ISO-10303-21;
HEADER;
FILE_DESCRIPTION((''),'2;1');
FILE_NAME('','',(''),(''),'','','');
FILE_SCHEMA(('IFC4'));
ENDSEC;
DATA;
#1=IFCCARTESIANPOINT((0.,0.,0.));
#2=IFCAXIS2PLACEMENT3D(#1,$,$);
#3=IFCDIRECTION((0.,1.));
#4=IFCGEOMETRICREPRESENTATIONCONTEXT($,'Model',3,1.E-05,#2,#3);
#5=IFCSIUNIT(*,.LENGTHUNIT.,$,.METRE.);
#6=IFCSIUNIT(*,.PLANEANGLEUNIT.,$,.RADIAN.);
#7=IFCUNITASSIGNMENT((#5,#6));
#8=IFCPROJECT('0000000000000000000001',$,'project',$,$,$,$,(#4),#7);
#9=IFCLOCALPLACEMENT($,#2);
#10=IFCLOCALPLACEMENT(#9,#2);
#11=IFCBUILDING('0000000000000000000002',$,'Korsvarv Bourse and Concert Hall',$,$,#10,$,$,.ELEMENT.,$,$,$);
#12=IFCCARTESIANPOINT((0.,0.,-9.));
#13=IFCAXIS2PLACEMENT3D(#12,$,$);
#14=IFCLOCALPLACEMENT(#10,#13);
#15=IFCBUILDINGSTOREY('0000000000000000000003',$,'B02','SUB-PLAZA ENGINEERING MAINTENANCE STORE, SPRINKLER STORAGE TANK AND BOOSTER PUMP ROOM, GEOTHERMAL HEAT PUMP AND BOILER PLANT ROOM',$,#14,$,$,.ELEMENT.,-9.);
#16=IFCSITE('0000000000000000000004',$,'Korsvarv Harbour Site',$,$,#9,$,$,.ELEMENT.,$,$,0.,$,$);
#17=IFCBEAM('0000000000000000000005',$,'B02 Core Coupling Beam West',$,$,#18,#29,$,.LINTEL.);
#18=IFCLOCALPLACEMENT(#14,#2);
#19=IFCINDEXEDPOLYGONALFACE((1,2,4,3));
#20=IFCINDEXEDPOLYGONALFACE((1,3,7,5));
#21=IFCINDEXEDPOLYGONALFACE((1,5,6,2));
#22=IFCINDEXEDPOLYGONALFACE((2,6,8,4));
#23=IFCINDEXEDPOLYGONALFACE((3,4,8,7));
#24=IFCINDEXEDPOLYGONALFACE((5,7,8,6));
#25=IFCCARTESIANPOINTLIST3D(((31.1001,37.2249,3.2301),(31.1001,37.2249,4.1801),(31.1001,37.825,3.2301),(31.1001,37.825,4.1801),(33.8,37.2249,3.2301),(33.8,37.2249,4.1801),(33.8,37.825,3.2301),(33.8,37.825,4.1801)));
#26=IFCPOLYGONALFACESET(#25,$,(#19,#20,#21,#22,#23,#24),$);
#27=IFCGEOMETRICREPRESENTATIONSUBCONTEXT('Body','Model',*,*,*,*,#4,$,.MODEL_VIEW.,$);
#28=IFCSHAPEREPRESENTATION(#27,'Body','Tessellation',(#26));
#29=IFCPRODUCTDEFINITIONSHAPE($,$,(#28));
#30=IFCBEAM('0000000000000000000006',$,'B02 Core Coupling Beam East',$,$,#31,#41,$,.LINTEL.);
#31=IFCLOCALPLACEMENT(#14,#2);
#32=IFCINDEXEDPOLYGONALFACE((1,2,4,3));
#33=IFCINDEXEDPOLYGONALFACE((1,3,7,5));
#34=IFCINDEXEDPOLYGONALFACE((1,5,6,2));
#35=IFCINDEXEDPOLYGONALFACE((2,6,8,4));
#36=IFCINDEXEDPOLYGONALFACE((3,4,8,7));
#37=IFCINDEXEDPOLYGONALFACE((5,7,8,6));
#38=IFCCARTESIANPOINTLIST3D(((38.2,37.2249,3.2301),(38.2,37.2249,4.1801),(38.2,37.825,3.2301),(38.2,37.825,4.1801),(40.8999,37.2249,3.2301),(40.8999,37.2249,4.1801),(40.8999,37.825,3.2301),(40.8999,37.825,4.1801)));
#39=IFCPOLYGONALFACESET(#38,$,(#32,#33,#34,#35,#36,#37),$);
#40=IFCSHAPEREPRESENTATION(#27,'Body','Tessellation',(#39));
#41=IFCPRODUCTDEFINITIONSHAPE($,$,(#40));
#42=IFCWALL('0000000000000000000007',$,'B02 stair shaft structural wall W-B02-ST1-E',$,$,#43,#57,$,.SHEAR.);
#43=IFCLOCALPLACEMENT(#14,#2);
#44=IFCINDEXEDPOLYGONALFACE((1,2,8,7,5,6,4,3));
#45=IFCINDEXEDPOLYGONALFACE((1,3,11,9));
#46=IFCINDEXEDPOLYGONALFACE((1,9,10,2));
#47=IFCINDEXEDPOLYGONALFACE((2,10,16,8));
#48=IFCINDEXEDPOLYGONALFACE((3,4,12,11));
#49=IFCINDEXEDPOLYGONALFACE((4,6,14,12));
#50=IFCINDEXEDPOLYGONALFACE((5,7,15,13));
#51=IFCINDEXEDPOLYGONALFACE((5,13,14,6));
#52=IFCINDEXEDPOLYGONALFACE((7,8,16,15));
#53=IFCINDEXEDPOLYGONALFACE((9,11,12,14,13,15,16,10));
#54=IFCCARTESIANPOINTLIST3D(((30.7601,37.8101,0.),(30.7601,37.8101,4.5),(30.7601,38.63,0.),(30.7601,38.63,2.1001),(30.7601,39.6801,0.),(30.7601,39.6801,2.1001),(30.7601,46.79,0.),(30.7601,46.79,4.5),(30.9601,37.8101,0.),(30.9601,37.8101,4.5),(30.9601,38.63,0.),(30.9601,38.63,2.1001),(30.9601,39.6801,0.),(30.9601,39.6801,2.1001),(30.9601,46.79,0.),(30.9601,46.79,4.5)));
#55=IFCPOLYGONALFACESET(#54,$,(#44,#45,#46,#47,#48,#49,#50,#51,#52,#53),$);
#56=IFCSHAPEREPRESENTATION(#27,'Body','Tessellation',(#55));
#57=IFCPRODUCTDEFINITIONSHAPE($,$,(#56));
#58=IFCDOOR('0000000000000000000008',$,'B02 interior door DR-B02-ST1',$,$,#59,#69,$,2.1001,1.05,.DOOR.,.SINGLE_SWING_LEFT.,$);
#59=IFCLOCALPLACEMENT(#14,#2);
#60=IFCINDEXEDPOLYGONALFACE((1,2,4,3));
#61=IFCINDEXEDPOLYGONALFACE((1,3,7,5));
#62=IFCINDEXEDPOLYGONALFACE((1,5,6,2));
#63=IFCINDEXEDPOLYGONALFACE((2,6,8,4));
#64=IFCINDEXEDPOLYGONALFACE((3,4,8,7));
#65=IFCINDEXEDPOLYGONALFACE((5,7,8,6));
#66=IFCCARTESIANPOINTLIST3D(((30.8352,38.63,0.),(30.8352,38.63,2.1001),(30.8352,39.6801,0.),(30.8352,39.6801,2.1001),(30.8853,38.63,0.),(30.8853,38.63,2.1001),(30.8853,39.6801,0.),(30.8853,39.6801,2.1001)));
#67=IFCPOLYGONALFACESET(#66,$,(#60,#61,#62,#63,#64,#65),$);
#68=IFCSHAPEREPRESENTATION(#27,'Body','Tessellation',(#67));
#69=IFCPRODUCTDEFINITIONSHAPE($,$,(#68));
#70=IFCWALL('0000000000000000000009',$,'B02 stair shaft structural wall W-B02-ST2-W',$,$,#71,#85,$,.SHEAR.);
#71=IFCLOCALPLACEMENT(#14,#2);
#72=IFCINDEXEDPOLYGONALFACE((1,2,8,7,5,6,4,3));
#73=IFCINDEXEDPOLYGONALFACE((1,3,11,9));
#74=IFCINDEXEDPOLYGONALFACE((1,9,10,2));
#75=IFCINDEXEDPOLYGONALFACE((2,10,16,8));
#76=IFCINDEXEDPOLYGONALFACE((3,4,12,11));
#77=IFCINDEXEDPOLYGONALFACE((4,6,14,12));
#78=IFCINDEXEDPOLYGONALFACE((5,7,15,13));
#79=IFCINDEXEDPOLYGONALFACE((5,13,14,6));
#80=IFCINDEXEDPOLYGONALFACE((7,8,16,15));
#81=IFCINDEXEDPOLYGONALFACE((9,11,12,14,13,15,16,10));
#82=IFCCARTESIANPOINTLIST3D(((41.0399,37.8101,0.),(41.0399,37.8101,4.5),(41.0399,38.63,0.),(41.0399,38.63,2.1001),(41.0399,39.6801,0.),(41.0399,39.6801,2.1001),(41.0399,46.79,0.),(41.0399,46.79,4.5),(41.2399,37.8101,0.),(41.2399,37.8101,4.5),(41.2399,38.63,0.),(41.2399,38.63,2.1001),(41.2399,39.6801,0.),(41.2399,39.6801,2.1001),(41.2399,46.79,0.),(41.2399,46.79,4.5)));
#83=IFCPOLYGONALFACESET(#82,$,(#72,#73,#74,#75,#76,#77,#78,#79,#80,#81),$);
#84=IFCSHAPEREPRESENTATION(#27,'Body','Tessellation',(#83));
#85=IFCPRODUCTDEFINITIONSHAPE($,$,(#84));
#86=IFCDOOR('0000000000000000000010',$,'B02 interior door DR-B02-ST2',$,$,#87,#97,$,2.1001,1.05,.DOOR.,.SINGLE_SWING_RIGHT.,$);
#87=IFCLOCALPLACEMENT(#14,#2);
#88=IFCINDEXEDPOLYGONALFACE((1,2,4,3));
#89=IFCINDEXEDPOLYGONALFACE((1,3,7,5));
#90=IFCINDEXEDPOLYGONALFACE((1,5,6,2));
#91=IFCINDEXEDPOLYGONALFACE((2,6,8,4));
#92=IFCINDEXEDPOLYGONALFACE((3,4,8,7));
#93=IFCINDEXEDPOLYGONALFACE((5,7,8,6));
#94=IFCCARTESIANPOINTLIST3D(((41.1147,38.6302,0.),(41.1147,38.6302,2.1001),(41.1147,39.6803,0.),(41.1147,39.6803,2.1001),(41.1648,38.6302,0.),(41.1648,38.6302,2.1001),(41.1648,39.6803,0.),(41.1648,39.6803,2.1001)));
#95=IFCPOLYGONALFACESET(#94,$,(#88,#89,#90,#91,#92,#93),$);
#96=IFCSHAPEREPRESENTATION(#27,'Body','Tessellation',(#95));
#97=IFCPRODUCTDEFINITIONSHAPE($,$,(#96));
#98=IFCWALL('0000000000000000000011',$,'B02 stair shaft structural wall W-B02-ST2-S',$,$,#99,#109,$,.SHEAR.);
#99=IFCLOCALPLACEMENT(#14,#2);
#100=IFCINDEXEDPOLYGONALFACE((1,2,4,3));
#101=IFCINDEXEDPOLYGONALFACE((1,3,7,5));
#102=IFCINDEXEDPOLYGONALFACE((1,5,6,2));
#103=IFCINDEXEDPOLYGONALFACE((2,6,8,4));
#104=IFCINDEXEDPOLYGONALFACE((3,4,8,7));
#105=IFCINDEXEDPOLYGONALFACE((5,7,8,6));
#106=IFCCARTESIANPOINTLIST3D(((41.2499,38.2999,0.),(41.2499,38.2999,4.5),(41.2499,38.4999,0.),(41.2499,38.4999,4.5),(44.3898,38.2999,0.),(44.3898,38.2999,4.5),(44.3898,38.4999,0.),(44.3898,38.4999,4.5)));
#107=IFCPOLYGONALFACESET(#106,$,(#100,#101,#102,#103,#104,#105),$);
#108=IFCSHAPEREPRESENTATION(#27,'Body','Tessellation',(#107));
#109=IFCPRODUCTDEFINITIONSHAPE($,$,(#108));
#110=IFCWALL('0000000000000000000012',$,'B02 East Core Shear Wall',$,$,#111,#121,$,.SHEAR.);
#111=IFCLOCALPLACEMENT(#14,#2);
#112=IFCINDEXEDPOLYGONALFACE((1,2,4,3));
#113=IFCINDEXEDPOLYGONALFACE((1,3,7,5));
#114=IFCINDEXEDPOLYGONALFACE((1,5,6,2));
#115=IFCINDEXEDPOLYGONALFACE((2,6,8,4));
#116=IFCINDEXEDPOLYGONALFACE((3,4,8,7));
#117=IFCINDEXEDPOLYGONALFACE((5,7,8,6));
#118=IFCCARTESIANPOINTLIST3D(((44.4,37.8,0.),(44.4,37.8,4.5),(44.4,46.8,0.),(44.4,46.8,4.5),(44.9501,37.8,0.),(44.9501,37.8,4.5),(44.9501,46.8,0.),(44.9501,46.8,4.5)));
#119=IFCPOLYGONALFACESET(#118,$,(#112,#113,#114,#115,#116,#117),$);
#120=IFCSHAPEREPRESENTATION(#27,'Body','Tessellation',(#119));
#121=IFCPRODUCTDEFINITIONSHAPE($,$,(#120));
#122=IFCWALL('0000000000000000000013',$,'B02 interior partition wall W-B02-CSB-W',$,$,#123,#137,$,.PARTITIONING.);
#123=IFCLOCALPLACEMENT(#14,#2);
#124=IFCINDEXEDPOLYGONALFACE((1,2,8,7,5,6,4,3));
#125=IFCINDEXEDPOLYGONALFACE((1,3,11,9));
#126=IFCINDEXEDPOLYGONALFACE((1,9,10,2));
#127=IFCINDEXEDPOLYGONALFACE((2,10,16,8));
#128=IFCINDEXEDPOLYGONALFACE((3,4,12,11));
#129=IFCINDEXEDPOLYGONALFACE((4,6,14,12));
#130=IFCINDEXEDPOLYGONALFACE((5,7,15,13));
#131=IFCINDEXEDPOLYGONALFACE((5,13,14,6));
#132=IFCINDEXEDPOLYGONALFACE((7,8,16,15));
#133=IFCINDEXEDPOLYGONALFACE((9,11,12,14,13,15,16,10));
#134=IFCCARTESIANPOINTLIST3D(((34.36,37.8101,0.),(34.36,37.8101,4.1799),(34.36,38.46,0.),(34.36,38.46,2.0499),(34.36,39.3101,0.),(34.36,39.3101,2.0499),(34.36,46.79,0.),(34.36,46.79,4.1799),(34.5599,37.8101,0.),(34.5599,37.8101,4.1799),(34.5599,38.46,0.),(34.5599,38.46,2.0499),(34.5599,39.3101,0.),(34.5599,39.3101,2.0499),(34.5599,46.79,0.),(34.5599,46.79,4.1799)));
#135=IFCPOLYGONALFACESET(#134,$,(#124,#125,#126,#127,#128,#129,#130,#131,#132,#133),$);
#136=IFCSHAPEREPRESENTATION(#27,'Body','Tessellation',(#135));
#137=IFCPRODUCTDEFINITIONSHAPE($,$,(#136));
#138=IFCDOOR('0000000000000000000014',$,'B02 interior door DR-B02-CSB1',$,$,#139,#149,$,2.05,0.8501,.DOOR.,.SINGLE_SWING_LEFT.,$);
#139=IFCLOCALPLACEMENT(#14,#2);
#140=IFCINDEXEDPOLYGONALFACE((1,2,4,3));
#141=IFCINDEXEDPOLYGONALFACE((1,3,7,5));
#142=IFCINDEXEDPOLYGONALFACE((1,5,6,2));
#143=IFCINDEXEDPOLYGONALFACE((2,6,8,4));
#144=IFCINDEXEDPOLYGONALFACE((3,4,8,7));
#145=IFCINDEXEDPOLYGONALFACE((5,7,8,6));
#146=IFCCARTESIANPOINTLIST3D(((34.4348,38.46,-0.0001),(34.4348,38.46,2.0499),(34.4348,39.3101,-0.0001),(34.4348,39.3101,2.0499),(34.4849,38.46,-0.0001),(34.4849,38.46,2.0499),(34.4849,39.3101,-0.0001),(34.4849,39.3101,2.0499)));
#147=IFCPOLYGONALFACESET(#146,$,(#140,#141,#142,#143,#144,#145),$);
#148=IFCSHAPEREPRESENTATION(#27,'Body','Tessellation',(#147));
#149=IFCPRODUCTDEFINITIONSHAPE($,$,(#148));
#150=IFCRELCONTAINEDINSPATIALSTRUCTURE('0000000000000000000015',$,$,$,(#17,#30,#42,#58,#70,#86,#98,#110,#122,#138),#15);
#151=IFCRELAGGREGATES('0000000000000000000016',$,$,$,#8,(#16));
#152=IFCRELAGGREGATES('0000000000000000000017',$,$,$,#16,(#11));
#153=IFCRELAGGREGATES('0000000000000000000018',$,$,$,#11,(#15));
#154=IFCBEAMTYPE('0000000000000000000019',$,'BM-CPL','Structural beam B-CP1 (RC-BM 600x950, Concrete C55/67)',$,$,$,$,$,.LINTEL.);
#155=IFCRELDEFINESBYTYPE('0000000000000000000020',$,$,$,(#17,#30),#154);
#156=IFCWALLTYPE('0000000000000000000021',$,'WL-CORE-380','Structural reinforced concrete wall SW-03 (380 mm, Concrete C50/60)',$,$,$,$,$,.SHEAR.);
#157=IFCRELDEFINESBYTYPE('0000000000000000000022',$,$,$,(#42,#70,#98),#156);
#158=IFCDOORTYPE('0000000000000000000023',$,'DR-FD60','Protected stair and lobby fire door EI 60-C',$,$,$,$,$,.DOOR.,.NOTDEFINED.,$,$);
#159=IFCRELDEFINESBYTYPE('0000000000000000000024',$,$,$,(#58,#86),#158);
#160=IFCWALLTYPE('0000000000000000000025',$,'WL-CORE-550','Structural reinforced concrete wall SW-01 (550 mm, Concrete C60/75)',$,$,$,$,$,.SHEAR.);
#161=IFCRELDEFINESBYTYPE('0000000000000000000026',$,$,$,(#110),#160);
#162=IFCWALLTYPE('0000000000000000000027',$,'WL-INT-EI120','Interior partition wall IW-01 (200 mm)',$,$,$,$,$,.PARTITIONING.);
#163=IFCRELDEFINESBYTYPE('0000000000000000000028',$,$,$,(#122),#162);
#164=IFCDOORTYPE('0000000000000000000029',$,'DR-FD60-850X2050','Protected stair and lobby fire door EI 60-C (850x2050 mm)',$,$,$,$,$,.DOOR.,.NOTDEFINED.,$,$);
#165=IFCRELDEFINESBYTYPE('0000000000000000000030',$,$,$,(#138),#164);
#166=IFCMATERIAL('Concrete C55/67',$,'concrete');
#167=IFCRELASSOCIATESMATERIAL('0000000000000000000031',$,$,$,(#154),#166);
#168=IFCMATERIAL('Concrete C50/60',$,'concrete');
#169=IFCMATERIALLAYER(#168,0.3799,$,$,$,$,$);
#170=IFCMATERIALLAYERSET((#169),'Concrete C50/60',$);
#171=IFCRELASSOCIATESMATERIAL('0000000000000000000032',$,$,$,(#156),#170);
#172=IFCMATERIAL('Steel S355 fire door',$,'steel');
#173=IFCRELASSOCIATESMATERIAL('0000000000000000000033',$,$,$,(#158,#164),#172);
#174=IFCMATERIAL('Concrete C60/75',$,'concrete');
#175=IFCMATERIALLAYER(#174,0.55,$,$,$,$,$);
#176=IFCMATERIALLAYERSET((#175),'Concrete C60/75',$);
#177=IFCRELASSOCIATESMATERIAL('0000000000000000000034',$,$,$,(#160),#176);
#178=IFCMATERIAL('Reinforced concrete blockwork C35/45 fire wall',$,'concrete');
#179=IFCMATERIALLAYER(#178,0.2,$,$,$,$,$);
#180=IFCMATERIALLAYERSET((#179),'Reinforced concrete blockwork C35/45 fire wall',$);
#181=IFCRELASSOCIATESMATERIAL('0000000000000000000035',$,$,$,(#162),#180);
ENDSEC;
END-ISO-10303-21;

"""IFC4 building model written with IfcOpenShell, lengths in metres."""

from ifc_helpers import new_model, si_unit, direction, frame, frame_2d, origin, origin_2d, place, context, subcontext, project, spatial, rectangle, extrude, source, transform, mapped, material, layer, layer_set, material_profile, profile_set, type_object, element, fill, save


model = new_model("IFC4")

# Units and contexts
model_context = context("Model", 3, precision=1e-05, world=origin(), true_north=direction((0.0, 1.0)))
body_context = subcontext(model_context, "Body", "Model", "MODEL_VIEW")
ifc_project = project(units=[si_unit("LENGTHUNIT", "METRE"), si_unit("PLANEANGLEUNIT", "RADIAN")], contexts=[model_context])

# Site, building, storey
site_placement = place(None, origin())
site = spatial("IfcSite", under=ifc_project, at=site_placement, Name="Korsvarv Harbour Site", CompositionType="ELEMENT", RefElevation=0.0)
building_placement = place(site_placement, origin())
building = spatial("IfcBuilding", under=site, at=building_placement, Name="Korsvarv Bourse and Concert Hall", CompositionType="ELEMENT")
storey_placement = place(building_placement, frame((0.0, 0.0, -9.0)))
storey = spatial("IfcBuildingStorey", under=building, at=storey_placement, Name="B02", Description="SUB-PLAZA ENGINEERING MAINTENANCE STORE, SPRINKLER STORAGE TANK AND BOOSTER PUMP ROOM, GEOTHERMAL HEAT PUMP AND BOILER PLANT ROOM", CompositionType="ELEMENT", Elevation=-9.0)

# Shared definitions
ifc_material_1 = material(Name="Concrete C60/75", Category="concrete")

# Beams
ifc_material_2 = material(Name="Concrete C55/67", Category="concrete")
ifc_material_profile_1 = material_profile(ifc_material_2, rectangle(XDim=0.6001, YDim=0.95, at=origin_2d()), Name="RC-BM 600x950")
ifc_profile_set_1 = profile_set([ifc_material_profile_1], Name="Concrete C55/67")
beam_type = type_object("IfcBeamType", Name="BM-CPL", Description="Structural beam B-CP1 (RC-BM 600x950, Concrete C55/67)", PredefinedType="LINTEL", material=ifc_profile_set_1)
shared_shape_1 = source(origin(), body_context, "Body", "SweptSolid", [
    extrude(rectangle(XDim=0.6001, YDim=0.95, at=origin_2d()), origin(), (0.0, 0.0, 1.0), 2.7),
])
for number, where, z_axis, x_axis, name in (
    (1, (31.1001, 37.5249, 3.7051), (1.0, 0.0, 0.0), (0.0, 1.0, 0.0), "B02 Core Coupling Beam West"),
    (2, (38.2, 37.5249, 3.7051), (1.0, 0.0, 0.0), (0.0, 1.0, 0.0), "B02 Core Coupling Beam East"),
):
    element("IfcBeam", number, at=place(storey_placement, frame(where, z_axis=z_axis, x_axis=x_axis)), inside=storey, type_object=beam_type, Name=name, PredefinedType="LINTEL", context=body_context, shape_type="MappedRepresentation", body=[
        mapped(shared_shape_1, transform((0.0, 0.0, 0.0), scale=1.0)),
    ])

# Walls, openings, doors
ifc_material_3 = material(Name="Concrete C50/60", Category="concrete")
ifc_layer_1 = layer(ifc_material_3, 0.3799)
ifc_layer_set_1 = layer_set([ifc_layer_1], Name="Concrete C50/60")
wall_type_1 = type_object("IfcWallType", Name="WL-CORE-380", Description="Structural reinforced concrete wall SW-03 (380 mm, Concrete C50/60)", PredefinedType="SHEAR", material=ifc_layer_set_1)
wall_1_placement = place(storey_placement, frame((30.8601, 37.8101, 0.0), z_axis=(0.0, 0.0, 1.0), x_axis=(0.0, 1.0, 0.0)))
wall_1 = element("IfcWall", 3, at=wall_1_placement, inside=storey, type_object=wall_type_1, Name="B02 stair shaft structural wall W-B02-ST1-E", PredefinedType="SHEAR", context=body_context, shape_type="SweptSolid", body=[
    extrude(rectangle(XDim=8.98, YDim=0.2, at=frame_2d((4.49, 0.0))), origin(), (0.0, 0.0, 1.0), 4.5),
])
opening_1_placement = place(wall_1_placement, frame((0.8201, 0.0, 0.0)))
opening_1 = element("IfcOpeningElement", 4, at=opening_1_placement, cuts=wall_1, PredefinedType="OPENING", context=body_context, shape_type="SweptSolid", body=[
    extrude(rectangle(XDim=1.05, YDim=2.1001, at=frame_2d((0.5249, 1.05))), frame((0.0, 0.1099, 0.0), z_axis=(0.0, -1.0, 0.0), x_axis=(1.0, 0.0, 0.0)), (0.0, 0.0, 1.0), 0.22),
])
ifc_material_4 = material(Name="Steel S355 fire door", Category="steel")
door_type_1 = type_object("IfcDoorType", Name="DR-FD60", Description="Protected stair and lobby fire door EI 60-C", OperationType="NOTDEFINED", PredefinedType="DOOR", material=ifc_material_4)
door_1_placement = place(opening_1_placement, origin())
door_1 = element("IfcDoor", 5, at=door_1_placement, inside=storey, type_object=door_type_1, Name="B02 interior door DR-B02-ST1", OperationType="SINGLE_SWING_LEFT", OverallHeight=2.1001, OverallWidth=1.05, PredefinedType="DOOR", context=body_context, shape_type="SweptSolid", body=[
    extrude(rectangle(XDim=1.05, YDim=2.1001, at=frame_2d((0.5249, 1.05))), frame((0.0, 0.0249, 0.0), z_axis=(0.0, -1.0, 0.0), x_axis=(1.0, 0.0, 0.0)), (0.0, 0.0, 1.0), 0.05),
])
fill(opening_1, door_1)
wall_2_placement = place(storey_placement, frame((41.1399, 37.8101, 0.0), z_axis=(0.0, 0.0, 1.0), x_axis=(0.0, 1.0, 0.0)))
wall_2 = element("IfcWall", 6, at=wall_2_placement, inside=storey, type_object=wall_type_1, Name="B02 stair shaft structural wall W-B02-ST2-W", PredefinedType="SHEAR", context=body_context, shape_type="SweptSolid", body=[
    extrude(rectangle(XDim=8.98, YDim=0.2, at=frame_2d((4.49, 0.0))), origin(), (0.0, 0.0, 1.0), 4.5),
])
opening_2_placement = place(wall_2_placement, frame((0.8201, 0.0, 0.0)))
opening_2 = element("IfcOpeningElement", 7, at=opening_2_placement, cuts=wall_2, PredefinedType="OPENING", context=body_context, shape_type="SweptSolid", body=[
    extrude(rectangle(XDim=1.05, YDim=2.1001, at=frame_2d((0.5249, 1.05))), frame((0.0, 0.1099, 0.0), z_axis=(0.0, -1.0, 0.0), x_axis=(1.0, 0.0, 0.0)), (0.0, 0.0, 1.0), 0.22),
])
door_2_placement = place(opening_2_placement, frame((1.05, 0.0, 0.0), z_axis=(0.0, 0.0, 1.0), x_axis=(-1.0, 0.0, 0.0)))
door_2 = element("IfcDoor", 8, at=door_2_placement, inside=storey, type_object=door_type_1, Name="B02 interior door DR-B02-ST2", OperationType="SINGLE_SWING_RIGHT", OverallHeight=2.1001, OverallWidth=1.05, PredefinedType="DOOR", context=body_context, shape_type="SweptSolid", body=[
    extrude(rectangle(XDim=1.05, YDim=2.1001, at=frame_2d((0.5249, 1.05))), frame((0.0, 0.0249, 0.0), z_axis=(0.0, -1.0, 0.0), x_axis=(1.0, 0.0, 0.0)), (0.0, 0.0, 1.0), 0.05),
])
fill(opening_2, door_2)

# Walls
wall_3_placement = place(storey_placement, frame((41.25, 38.3999, 0.0), z_axis=(0.0, 0.0, 1.0), x_axis=(1.0, 0.0, 0.0)))
element("IfcWall", 9, at=wall_3_placement, inside=storey, type_object=wall_type_1, Name="B02 stair shaft structural wall W-B02-ST2-S", PredefinedType="SHEAR", context=body_context, shape_type="SweptSolid", body=[
    extrude(rectangle(XDim=3.1399, YDim=0.2, at=frame_2d((1.5698, 0.0))), origin(), (0.0, 0.0, 1.0), 4.5),
])
ifc_layer_2 = layer(ifc_material_1, 0.55)
ifc_layer_set_2 = layer_set([ifc_layer_2], Name="Concrete C60/75")
wall_type_2 = type_object("IfcWallType", Name="WL-CORE-550", Description="Structural reinforced concrete wall SW-01 (550 mm, Concrete C60/75)", PredefinedType="SHEAR", material=ifc_layer_set_2)
wall_4_placement = place(storey_placement, frame((44.675, 37.8, 0.0), z_axis=(0.0, 0.0, 1.0), x_axis=(0.0, 1.0, 0.0)))
element("IfcWall", 10, at=wall_4_placement, inside=storey, type_object=wall_type_2, Name="B02 East Core Shear Wall", PredefinedType="SHEAR", context=body_context, shape_type="SweptSolid", body=[
    extrude(rectangle(XDim=9.0, YDim=0.55, at=frame_2d((4.5, 0.0))), origin(), (0.0, 0.0, 1.0), 4.5),
])

# Wall, opening, door
ifc_material_5 = material(Name="Reinforced concrete blockwork C35/45 fire wall", Category="concrete")
ifc_layer_3 = layer(ifc_material_5, 0.2)
ifc_layer_set_3 = layer_set([ifc_layer_3], Name="Reinforced concrete blockwork C35/45 fire wall")
wall_type_3 = type_object("IfcWallType", Name="WL-INT-EI120", Description="Interior partition wall IW-01 (200 mm)", PredefinedType="PARTITIONING", material=ifc_layer_set_3)
wall_5_placement = place(storey_placement, frame((34.46, 37.8101, 0.0), z_axis=(0.0, 0.0, 1.0), x_axis=(0.0, 1.0, 0.0)))
wall_5 = element("IfcWall", 11, at=wall_5_placement, inside=storey, type_object=wall_type_3, Name="B02 interior partition wall W-B02-CSB-W", PredefinedType="PARTITIONING", context=body_context, shape_type="SweptSolid", body=[
    extrude(rectangle(XDim=8.98, YDim=0.2, at=frame_2d((4.49, 0.0))), origin(), (0.0, 0.0, 1.0), 4.1799),
])
opening_3_placement = place(wall_5_placement, frame((0.6499, 0.0, 0.0)))
opening_3 = element("IfcOpeningElement", 12, at=opening_3_placement, cuts=wall_5, PredefinedType="OPENING", context=body_context, shape_type="SweptSolid", body=[
    extrude(rectangle(XDim=0.8501, YDim=2.05, at=frame_2d((0.425, 1.0249))), frame((0.0, 0.1099, 0.0), z_axis=(0.0, -1.0, 0.0), x_axis=(1.0, 0.0, 0.0)), (0.0, 0.0, 1.0), 0.22),
])
door_type_2 = type_object("IfcDoorType", Name="DR-FD60-850X2050", Description="Protected stair and lobby fire door EI 60-C (850x2050 mm)", OperationType="NOTDEFINED", PredefinedType="DOOR", material=ifc_material_4)
door_3_placement = place(opening_3_placement, frame((0.8501, 0.0, 0.0), z_axis=(0.0, 0.0, 1.0), x_axis=(-1.0, 0.0, 0.0)))
door_3 = element("IfcDoor", 13, at=door_3_placement, inside=storey, type_object=door_type_2, Name="B02 interior door DR-B02-CSB1", OperationType="SINGLE_SWING_LEFT", OverallHeight=2.05, OverallWidth=0.8501, PredefinedType="DOOR", context=body_context, shape_type="SweptSolid", body=[
    extrude(rectangle(XDim=0.8501, YDim=2.05, at=frame_2d((0.425, 1.0249))), frame((0.0, 0.0249, 0.0), z_axis=(0.0, -1.0, 0.0), x_axis=(1.0, 0.0, 0.0)), (0.0, 0.0, 1.0), 0.05),
])
fill(opening_3, door_3)

save(model, "model.ifc")
